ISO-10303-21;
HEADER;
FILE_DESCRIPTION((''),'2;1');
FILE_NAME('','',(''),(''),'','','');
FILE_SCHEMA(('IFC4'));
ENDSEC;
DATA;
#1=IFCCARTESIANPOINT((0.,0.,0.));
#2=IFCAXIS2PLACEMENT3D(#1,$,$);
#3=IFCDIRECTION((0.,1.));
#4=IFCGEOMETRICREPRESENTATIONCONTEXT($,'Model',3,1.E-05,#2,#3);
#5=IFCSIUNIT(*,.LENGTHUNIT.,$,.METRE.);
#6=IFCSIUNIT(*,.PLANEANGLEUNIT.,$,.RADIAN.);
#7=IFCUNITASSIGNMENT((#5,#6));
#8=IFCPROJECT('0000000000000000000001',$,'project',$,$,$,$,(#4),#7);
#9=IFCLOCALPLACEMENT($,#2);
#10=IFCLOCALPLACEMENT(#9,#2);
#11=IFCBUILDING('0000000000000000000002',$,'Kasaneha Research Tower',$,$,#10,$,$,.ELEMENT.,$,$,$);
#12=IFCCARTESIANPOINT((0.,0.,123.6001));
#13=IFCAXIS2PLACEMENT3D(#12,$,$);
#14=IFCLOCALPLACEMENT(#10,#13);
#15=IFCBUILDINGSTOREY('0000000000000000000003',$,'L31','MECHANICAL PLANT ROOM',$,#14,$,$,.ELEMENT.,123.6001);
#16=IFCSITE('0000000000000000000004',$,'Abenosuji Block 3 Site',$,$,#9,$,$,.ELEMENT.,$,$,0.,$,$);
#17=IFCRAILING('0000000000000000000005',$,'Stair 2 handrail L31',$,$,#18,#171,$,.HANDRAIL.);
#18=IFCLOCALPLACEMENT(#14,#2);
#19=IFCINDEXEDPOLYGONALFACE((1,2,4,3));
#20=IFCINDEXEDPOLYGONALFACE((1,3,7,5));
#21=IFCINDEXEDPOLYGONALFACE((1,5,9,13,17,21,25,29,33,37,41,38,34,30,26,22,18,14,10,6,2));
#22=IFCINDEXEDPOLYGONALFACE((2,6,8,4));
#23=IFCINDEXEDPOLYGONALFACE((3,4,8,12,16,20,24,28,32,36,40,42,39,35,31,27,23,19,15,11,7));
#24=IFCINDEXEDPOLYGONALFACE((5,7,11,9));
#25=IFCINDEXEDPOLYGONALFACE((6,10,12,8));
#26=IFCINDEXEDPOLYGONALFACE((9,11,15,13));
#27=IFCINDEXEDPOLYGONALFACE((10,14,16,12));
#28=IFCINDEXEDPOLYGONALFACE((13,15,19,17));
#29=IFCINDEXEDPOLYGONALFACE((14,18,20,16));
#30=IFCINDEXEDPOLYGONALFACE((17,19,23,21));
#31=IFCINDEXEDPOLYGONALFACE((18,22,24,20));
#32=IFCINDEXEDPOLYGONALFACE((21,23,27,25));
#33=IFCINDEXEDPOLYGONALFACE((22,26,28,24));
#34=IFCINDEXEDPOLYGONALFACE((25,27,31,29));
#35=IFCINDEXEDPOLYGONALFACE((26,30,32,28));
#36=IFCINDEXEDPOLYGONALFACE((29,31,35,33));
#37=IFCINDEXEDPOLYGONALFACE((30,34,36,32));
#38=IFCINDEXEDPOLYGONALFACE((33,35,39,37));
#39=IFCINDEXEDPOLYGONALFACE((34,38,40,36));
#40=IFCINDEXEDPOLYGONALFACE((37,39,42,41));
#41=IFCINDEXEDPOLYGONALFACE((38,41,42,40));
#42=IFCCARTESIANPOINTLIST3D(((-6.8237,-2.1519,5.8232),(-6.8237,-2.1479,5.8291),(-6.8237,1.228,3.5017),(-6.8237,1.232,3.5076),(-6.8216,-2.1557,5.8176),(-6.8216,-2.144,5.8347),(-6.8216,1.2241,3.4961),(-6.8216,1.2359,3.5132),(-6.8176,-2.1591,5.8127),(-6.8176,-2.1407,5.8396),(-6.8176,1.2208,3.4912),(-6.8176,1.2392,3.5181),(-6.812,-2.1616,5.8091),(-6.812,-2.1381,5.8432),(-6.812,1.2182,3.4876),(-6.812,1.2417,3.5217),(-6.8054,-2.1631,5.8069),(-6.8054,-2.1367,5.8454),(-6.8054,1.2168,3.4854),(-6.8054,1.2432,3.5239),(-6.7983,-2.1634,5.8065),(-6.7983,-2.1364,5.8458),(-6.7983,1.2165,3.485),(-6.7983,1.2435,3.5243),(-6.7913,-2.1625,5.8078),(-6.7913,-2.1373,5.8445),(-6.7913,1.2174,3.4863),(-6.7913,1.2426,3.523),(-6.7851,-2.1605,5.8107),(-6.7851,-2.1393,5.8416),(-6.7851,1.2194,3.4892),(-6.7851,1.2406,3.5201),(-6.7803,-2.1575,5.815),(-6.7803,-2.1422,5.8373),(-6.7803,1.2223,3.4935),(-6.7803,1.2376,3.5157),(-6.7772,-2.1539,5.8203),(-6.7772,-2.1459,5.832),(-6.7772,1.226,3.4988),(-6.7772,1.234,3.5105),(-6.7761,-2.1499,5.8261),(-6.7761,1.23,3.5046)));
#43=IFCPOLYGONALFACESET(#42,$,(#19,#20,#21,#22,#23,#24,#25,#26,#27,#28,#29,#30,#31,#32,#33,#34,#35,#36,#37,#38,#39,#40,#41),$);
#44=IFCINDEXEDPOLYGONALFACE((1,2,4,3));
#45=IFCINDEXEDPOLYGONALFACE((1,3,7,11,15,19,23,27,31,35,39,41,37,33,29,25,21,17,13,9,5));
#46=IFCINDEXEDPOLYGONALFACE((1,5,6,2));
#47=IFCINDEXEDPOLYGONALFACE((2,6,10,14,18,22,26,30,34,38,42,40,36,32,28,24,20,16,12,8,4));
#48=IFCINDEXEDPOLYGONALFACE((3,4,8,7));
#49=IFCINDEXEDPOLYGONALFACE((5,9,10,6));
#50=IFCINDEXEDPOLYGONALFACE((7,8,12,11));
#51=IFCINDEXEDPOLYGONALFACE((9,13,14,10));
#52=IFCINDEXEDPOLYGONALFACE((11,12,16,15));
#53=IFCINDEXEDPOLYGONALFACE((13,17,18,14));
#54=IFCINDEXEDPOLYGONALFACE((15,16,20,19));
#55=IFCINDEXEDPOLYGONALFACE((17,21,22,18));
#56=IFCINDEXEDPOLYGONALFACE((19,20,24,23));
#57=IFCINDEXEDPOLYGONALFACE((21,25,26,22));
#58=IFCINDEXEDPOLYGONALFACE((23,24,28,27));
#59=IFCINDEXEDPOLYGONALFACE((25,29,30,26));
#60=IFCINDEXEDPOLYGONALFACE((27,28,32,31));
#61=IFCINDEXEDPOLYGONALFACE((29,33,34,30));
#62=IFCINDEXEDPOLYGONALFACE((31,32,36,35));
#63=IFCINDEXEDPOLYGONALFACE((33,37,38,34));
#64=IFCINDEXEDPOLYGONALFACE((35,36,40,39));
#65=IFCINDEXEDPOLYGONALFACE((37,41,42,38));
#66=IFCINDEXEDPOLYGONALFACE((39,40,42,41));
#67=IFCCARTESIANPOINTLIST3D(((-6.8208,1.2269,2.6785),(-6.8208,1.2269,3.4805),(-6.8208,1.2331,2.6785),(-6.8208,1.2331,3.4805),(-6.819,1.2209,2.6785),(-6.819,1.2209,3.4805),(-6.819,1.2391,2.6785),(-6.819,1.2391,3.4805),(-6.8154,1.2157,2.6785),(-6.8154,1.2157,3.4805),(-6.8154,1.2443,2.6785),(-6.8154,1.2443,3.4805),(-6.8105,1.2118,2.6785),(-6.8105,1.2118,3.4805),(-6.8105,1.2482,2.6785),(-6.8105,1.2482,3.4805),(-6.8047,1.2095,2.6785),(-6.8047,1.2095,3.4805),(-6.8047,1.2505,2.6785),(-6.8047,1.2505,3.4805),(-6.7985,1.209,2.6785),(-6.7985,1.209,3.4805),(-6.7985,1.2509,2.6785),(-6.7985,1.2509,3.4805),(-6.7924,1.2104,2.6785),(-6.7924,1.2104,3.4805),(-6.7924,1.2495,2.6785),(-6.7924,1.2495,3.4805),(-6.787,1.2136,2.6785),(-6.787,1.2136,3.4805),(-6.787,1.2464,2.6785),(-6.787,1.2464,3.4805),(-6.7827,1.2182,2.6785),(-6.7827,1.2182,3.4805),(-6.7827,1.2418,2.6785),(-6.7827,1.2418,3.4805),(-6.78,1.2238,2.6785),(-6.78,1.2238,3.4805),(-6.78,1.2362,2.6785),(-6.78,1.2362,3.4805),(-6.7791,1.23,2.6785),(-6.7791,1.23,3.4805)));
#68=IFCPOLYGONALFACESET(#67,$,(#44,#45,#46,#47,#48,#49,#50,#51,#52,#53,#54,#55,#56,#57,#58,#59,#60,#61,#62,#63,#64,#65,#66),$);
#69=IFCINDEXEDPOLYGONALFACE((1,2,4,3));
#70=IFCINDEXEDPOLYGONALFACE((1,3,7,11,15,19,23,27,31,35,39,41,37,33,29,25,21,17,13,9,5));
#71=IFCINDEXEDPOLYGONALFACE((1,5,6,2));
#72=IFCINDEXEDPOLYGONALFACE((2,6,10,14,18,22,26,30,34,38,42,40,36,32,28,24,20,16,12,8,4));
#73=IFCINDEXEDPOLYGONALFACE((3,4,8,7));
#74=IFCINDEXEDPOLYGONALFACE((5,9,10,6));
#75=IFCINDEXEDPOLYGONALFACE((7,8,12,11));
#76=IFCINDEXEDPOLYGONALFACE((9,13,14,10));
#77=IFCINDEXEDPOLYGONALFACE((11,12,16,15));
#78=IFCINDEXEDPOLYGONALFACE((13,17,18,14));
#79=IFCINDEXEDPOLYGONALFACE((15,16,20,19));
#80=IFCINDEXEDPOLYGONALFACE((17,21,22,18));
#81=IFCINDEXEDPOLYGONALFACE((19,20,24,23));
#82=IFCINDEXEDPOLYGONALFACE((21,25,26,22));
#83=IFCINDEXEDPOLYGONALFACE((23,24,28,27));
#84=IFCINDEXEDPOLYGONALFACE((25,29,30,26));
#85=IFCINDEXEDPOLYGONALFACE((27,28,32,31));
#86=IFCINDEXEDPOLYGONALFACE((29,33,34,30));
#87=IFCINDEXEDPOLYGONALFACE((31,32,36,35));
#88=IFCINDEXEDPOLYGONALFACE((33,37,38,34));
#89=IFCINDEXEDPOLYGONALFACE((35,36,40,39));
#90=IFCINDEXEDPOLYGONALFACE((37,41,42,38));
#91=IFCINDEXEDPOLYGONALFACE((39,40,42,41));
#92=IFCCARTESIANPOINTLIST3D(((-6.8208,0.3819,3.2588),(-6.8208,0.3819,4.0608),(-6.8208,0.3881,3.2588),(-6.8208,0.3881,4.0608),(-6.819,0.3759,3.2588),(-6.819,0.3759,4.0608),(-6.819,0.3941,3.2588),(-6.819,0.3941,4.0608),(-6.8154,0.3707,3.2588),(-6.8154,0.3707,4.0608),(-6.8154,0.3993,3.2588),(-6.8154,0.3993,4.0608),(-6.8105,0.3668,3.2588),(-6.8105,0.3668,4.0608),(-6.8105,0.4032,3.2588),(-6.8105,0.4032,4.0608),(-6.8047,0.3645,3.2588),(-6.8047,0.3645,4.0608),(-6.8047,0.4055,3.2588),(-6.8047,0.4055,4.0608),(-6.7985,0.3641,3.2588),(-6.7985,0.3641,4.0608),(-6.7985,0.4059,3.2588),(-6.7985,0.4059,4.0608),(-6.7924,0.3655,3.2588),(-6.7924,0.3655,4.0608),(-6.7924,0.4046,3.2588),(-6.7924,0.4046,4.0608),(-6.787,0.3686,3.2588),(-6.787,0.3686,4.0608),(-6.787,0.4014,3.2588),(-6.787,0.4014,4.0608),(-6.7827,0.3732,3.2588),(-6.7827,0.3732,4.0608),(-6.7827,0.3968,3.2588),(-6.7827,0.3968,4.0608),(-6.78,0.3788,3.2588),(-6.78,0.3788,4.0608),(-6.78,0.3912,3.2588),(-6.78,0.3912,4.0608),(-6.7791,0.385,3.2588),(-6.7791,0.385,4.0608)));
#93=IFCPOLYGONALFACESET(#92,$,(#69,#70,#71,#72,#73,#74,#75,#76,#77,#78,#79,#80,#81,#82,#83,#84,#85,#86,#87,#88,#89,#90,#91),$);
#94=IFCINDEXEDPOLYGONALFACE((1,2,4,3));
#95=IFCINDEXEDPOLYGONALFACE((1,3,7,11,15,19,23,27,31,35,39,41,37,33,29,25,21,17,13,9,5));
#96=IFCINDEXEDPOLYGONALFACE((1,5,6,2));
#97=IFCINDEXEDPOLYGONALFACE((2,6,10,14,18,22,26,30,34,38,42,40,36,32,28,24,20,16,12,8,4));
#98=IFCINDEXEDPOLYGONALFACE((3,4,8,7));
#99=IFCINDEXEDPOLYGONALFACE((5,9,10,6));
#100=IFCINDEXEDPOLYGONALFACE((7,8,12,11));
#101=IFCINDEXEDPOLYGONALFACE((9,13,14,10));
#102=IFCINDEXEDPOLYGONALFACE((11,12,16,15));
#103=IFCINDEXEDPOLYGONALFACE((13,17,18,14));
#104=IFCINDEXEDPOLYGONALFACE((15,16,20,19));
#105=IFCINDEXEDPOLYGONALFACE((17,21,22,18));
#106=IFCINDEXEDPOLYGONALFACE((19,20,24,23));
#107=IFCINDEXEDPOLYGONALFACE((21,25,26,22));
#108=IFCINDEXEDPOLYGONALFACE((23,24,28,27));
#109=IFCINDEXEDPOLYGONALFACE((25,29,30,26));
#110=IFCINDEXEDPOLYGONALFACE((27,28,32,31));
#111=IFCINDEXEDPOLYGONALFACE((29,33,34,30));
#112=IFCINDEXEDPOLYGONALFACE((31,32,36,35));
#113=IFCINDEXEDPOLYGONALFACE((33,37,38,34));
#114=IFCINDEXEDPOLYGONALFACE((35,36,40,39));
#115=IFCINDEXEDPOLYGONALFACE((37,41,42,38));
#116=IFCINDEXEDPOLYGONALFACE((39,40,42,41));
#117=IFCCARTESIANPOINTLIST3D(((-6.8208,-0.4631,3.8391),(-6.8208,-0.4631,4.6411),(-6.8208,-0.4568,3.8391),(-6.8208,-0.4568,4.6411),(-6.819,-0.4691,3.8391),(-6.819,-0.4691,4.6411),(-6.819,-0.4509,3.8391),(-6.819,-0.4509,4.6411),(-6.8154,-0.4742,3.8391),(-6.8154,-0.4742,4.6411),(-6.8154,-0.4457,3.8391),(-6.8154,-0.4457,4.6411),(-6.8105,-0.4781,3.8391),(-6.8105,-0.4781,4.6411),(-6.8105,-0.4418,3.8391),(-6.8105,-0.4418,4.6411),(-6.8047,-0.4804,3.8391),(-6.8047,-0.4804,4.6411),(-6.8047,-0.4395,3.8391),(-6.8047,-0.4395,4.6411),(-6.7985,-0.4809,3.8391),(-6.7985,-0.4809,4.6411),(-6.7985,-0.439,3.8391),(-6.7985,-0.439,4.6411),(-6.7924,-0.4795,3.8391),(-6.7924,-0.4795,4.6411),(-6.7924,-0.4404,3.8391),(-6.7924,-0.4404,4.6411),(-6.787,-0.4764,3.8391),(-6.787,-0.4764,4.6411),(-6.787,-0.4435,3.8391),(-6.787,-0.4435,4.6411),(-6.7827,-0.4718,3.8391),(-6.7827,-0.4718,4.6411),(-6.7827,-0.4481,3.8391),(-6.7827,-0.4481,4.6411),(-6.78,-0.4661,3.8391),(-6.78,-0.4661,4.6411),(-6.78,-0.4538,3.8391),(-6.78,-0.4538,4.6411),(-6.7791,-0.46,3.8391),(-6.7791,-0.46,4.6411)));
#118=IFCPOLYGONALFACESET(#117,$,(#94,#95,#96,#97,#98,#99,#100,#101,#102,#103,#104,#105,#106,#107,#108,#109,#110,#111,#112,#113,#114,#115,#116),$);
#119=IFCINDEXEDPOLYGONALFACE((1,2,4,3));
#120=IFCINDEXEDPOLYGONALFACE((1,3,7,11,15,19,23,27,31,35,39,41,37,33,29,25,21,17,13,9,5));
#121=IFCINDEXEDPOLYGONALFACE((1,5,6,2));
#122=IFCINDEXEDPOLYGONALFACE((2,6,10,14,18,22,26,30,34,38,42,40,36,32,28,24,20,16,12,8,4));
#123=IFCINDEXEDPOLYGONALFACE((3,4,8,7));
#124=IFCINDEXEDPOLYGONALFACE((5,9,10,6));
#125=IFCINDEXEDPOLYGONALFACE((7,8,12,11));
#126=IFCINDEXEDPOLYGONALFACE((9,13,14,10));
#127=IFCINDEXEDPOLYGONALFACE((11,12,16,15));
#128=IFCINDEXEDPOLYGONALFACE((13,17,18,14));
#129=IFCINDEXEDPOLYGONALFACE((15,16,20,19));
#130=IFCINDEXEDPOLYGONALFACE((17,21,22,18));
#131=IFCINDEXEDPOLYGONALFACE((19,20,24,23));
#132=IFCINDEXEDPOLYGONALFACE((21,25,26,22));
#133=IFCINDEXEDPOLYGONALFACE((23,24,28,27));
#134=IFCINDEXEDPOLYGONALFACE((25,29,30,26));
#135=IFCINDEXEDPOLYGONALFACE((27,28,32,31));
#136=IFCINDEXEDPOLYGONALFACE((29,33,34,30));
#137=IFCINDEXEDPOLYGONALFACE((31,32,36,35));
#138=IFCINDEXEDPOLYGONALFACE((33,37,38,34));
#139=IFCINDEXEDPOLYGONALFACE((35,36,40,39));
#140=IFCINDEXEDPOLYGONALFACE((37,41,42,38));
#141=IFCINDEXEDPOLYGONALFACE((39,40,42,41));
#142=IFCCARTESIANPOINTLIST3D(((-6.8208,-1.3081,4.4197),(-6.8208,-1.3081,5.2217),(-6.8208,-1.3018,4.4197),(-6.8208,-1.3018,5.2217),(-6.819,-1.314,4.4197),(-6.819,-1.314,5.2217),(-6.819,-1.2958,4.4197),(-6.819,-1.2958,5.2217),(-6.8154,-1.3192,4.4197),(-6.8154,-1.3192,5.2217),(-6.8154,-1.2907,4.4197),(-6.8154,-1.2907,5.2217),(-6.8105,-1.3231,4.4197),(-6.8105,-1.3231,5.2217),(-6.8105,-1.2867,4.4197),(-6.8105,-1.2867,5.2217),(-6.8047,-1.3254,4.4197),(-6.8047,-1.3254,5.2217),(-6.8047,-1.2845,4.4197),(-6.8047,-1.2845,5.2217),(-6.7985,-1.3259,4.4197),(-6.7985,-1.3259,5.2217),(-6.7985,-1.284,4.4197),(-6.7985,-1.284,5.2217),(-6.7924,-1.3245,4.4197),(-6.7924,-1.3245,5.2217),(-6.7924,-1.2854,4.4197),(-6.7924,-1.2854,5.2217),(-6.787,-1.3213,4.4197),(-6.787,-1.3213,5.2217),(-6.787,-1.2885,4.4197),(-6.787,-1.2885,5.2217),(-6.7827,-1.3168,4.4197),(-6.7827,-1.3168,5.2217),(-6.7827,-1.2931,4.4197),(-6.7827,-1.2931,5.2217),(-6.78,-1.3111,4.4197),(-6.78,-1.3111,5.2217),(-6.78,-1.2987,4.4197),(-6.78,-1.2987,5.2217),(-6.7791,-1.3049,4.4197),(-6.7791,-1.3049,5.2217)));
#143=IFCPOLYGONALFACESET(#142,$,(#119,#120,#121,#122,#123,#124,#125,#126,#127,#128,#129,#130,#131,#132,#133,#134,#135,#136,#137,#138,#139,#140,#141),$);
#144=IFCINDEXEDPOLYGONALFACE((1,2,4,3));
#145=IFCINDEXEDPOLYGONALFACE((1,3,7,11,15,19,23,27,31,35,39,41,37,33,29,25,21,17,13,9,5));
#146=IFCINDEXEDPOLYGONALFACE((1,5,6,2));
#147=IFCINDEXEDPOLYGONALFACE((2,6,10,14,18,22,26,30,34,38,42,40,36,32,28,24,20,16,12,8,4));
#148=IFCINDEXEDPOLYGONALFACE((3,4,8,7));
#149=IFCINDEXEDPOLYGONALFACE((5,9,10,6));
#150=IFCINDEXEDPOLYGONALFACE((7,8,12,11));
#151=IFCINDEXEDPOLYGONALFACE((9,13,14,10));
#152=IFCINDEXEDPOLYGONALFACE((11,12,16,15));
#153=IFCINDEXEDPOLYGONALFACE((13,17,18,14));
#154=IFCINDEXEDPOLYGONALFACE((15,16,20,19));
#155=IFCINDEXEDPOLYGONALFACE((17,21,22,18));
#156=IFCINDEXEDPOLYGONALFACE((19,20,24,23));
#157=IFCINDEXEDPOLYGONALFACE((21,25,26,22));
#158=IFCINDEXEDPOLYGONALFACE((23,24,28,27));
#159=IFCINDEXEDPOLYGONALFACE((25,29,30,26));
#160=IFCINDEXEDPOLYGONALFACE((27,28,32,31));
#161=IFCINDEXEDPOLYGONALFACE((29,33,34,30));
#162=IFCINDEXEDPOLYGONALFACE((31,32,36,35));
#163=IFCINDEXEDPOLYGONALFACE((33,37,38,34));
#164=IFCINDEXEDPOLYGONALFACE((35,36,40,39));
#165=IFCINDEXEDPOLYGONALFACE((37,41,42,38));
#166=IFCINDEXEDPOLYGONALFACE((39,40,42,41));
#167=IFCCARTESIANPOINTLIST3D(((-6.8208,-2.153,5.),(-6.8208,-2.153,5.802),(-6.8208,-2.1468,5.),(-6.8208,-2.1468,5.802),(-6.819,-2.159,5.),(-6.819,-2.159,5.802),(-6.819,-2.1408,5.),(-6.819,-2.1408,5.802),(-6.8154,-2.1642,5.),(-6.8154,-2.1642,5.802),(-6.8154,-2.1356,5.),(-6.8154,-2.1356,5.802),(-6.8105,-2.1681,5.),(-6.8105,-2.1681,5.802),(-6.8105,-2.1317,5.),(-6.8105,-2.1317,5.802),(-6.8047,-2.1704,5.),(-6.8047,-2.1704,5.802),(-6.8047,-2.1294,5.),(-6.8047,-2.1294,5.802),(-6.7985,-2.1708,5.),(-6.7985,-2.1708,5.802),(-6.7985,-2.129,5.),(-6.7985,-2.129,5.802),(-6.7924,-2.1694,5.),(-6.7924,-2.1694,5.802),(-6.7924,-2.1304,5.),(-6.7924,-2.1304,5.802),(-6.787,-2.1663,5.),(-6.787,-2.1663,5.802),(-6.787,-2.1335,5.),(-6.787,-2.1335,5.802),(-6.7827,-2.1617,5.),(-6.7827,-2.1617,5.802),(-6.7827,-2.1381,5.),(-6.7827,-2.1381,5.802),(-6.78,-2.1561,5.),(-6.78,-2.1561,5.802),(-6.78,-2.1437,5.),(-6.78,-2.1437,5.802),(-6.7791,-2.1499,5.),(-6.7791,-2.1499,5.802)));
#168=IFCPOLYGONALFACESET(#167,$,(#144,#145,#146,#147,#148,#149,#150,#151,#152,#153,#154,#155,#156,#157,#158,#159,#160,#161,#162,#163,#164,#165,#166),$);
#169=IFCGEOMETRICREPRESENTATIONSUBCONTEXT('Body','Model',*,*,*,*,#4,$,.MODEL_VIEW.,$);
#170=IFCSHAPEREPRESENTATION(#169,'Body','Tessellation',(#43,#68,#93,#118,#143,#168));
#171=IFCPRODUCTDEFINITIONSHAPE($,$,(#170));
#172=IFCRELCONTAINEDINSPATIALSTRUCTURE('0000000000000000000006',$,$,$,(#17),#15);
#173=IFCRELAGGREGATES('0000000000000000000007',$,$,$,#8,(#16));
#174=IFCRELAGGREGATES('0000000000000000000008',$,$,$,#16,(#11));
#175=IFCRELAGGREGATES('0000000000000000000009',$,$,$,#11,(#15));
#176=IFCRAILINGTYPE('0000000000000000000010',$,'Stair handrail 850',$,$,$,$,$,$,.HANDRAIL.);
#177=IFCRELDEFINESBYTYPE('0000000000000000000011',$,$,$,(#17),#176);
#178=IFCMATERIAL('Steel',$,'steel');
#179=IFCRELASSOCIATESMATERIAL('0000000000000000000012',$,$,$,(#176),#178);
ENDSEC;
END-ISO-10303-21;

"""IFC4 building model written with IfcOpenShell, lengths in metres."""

from ifc_helpers import new_model, si_unit, direction, frame, origin, origin_2d, place, context, subcontext, project, spatial, circle, extrude, material, type_object, element, save


model = new_model("IFC4")

# Units and contexts
model_context = context("Model", 3, precision=1e-05, world=origin(), true_north=direction((0.0, 1.0)))
body_context = subcontext(model_context, "Body", "Model", "MODEL_VIEW")
ifc_project = project(units=[si_unit("LENGTHUNIT", "METRE"), si_unit("PLANEANGLEUNIT", "RADIAN")], contexts=[model_context])

# Site, building, storey
site_placement = place(None, origin())
site = spatial("IfcSite", under=ifc_project, at=site_placement, Name="Abenosuji Block 3 Site", CompositionType="ELEMENT", RefElevation=0.0)
building_placement = place(site_placement, origin())
building = spatial("IfcBuilding", under=site, at=building_placement, Name="Kasaneha Research Tower", CompositionType="ELEMENT")
storey_placement = place(building_placement, frame((0.0, 0.0, 123.6001)))
storey = spatial("IfcBuildingStorey", under=building, at=storey_placement, Name="L31", Description="MECHANICAL PLANT ROOM", CompositionType="ELEMENT", Elevation=123.6001)

# Railing
ifc_material_1 = material(Name="Steel", Category="steel")
railing_type_1 = type_object("IfcRailingType", Name="Stair handrail 850", PredefinedType="HANDRAIL", material=ifc_material_1)
railing_1_placement = place(storey_placement, frame((-6.8, 1.23, 2.6785)))
element("IfcRailing", 1, at=railing_1_placement, inside=storey, type_object=railing_type_1, Name="Stair 2 handrail L31", PredefinedType="HANDRAIL", context=body_context, shape_type="SweptSolid", body=[
    extrude(circle(Radius=0.0239, at=origin_2d()), frame((0.0, 0.0, 0.8262), z_axis=(0.0, -0.824285, 0.566175), x_axis=(1.0, 0.0, 0.0)), (0.0, 0.0, 1.0), 4.1003),
    extrude(circle(Radius=0.021, at=origin_2d()), origin(), (0.0, 0.0, 1.0), 0.802),
    extrude(circle(Radius=0.021, at=origin_2d()), frame((0.0, -0.845, 0.5803)), (0.0, 0.0, 1.0), 0.802),
    extrude(circle(Radius=0.021, at=origin_2d()), frame((0.0, -1.6899, 1.1606)), (0.0, 0.0, 1.0), 0.802),
    extrude(circle(Radius=0.021, at=origin_2d()), frame((0.0, -2.5349, 1.7412)), (0.0, 0.0, 1.0), 0.802),
    extrude(circle(Radius=0.021, at=origin_2d()), frame((0.0, -3.3799, 2.3215)), (0.0, 0.0, 1.0), 0.802),
])

save(model, "model.ifc")
